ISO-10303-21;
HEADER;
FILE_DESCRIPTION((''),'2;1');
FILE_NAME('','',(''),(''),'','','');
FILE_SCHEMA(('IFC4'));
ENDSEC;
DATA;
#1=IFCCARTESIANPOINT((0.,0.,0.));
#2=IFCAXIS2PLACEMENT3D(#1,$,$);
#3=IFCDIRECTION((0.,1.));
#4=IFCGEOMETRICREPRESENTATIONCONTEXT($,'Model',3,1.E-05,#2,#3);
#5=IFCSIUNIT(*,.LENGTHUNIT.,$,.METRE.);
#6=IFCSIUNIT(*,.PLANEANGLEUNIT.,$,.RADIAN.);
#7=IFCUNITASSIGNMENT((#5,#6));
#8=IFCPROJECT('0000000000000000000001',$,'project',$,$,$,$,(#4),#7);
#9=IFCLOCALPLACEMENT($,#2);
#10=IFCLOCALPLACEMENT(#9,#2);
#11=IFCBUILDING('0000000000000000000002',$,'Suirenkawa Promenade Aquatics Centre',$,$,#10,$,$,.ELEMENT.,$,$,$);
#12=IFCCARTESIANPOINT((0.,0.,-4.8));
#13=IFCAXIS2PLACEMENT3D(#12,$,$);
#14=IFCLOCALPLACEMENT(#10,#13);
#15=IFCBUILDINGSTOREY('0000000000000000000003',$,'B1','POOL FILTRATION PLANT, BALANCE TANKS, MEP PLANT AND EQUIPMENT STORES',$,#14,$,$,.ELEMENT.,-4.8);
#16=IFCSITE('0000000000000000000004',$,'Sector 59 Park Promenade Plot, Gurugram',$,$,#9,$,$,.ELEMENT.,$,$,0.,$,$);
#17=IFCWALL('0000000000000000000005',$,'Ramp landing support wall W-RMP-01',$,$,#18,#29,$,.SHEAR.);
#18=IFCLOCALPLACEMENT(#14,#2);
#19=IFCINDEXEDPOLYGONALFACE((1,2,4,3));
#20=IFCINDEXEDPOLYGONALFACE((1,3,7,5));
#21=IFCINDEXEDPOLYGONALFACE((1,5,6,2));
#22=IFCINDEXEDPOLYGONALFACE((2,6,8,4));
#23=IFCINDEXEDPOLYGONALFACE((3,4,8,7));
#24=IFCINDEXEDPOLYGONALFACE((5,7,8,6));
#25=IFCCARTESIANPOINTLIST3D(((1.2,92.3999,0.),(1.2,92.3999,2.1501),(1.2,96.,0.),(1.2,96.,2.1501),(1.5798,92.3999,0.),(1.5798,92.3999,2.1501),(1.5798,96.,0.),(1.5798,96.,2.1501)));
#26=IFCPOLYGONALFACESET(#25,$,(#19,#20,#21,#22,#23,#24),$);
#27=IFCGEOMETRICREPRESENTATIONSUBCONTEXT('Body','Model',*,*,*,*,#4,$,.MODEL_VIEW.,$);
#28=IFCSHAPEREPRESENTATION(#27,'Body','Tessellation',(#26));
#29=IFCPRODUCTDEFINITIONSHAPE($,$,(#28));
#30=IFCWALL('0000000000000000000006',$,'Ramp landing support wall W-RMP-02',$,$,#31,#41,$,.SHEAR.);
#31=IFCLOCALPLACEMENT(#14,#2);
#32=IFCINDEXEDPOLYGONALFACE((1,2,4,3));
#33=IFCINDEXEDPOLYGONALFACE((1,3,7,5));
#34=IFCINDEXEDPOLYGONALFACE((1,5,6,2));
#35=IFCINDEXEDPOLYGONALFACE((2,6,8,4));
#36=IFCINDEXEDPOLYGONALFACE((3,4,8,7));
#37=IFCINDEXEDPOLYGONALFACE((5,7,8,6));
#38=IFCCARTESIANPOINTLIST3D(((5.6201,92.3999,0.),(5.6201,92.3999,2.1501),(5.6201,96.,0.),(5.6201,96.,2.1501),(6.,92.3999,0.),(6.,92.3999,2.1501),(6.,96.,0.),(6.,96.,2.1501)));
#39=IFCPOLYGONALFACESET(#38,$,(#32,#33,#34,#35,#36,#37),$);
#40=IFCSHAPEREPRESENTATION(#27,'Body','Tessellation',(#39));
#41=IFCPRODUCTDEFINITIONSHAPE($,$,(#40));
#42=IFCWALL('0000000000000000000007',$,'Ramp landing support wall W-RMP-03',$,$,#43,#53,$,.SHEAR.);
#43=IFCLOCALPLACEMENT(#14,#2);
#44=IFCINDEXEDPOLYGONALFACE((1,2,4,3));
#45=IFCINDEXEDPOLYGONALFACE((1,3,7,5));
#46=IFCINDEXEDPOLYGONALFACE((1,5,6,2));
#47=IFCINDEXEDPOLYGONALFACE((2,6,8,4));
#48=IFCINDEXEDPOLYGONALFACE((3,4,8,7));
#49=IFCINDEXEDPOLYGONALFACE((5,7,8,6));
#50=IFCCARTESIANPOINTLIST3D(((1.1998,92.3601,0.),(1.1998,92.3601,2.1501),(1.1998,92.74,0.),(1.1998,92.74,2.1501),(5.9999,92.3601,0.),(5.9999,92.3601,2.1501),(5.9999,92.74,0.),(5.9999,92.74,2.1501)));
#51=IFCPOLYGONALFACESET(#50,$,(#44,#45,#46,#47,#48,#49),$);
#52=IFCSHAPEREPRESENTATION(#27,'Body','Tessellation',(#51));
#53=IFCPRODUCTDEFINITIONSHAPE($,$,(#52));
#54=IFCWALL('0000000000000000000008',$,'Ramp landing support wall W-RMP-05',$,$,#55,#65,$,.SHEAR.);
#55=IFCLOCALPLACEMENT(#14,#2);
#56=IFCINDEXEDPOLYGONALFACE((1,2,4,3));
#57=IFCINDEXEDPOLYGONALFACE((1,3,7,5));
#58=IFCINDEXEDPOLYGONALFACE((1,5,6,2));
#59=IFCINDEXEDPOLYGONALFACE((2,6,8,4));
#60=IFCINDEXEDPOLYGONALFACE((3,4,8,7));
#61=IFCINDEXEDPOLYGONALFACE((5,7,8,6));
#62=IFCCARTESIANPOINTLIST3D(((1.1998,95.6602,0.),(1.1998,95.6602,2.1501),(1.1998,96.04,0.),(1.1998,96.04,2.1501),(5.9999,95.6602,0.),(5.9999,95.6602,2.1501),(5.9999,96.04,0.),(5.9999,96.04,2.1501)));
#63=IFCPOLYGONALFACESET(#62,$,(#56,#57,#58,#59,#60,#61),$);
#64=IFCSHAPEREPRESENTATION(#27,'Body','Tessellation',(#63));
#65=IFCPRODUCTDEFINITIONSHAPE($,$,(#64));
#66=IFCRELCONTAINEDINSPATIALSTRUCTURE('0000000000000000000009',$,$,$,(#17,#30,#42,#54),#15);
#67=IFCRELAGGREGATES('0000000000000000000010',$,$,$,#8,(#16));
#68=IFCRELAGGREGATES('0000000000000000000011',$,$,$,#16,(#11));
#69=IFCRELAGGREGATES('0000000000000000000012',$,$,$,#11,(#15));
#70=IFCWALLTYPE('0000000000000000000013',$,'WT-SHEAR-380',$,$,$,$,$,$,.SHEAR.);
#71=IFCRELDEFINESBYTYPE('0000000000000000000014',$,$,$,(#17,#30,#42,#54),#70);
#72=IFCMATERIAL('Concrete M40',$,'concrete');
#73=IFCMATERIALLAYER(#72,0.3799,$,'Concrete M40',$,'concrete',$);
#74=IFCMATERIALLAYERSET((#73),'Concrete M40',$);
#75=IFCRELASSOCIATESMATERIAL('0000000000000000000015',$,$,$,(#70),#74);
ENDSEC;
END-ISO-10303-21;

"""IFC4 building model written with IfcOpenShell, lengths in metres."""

from ifc_helpers import new_model, si_unit, direction, frame, frame_2d, origin, place, context, subcontext, project, spatial, rectangle, extrude, material, layer, layer_set, type_object, element, save


model = new_model("IFC4")

# Units and contexts
model_context = context("Model", 3, precision=1e-05, world=origin(), true_north=direction((0.0, 1.0)))
body_context = subcontext(model_context, "Body", "Model", "MODEL_VIEW")
ifc_project = project(units=[si_unit("LENGTHUNIT", "METRE"), si_unit("PLANEANGLEUNIT", "RADIAN")], contexts=[model_context])

# Site, building, storey
site_placement = place(None, origin())
site = spatial("IfcSite", under=ifc_project, at=site_placement, Name="Sector 59 Park Promenade Plot, Gurugram", CompositionType="ELEMENT", RefElevation=0.0)
building_placement = place(site_placement, origin())
building = spatial("IfcBuilding", under=site, at=building_placement, Name="Suirenkawa Promenade Aquatics Centre", CompositionType="ELEMENT")
storey_placement = place(building_placement, frame((0.0, 0.0, -4.8)))
storey = spatial("IfcBuildingStorey", under=building, at=storey_placement, Name="B1", Description="POOL FILTRATION PLANT, BALANCE TANKS, MEP PLANT AND EQUIPMENT STORES", CompositionType="ELEMENT", Elevation=-4.8)

# Shared definitions
ifc_material_1 = material(Name="Concrete M40", Category="concrete")

# Walls
ifc_layer_1 = layer(ifc_material_1, 0.3799, Name="Concrete M40", Category="concrete")
ifc_layer_set_1 = layer_set([ifc_layer_1], Name="Concrete M40")
wall_type_1 = type_object("IfcWallType", Name="WT-SHEAR-380", PredefinedType="SHEAR", material=ifc_layer_set_1)
for number, where, z_axis, x_axis, name in (
    (1, (1.3899, 92.3999, 0.0), (0.0, 0.0, 1.0), (0.0, 1.0, 0.0), "Ramp landing support wall W-RMP-01"),
    (2, (5.8101, 92.3999, 0.0), (0.0, 0.0, 1.0), (0.0, 1.0, 0.0), "Ramp landing support wall W-RMP-02"),
):
    element("IfcWall", number, at=place(storey_placement, frame(where, z_axis=z_axis, x_axis=x_axis)), inside=storey, type_object=wall_type_1, Name=name, PredefinedType="SHEAR", context=body_context, shape_type="SweptSolid", body=[
        extrude(rectangle(XDim=3.6001, YDim=0.3799, at=frame_2d((1.8, 0.0))), origin(), (0.0, 0.0, 1.0), 2.1501),
    ])
for number, where, z_axis, x_axis, name in (
    (3, (1.2, 92.55, 0.0), (0.0, 0.0, 1.0), (1.0, 0.0, 0.0), "Ramp landing support wall W-RMP-03"),
    (4, (1.2, 95.8501, 0.0), (0.0, 0.0, 1.0), (1.0, 0.0, 0.0), "Ramp landing support wall W-RMP-05"),
):
    element("IfcWall", number, at=place(storey_placement, frame(where, z_axis=z_axis, x_axis=x_axis)), inside=storey, type_object=wall_type_1, Name=name, PredefinedType="SHEAR", context=body_context, shape_type="SweptSolid", body=[
        extrude(rectangle(XDim=4.8, YDim=0.3799, at=frame_2d((2.3999, 0.0))), origin(), (0.0, 0.0, 1.0), 2.1501),
    ])

save(model, "model.ifc")
